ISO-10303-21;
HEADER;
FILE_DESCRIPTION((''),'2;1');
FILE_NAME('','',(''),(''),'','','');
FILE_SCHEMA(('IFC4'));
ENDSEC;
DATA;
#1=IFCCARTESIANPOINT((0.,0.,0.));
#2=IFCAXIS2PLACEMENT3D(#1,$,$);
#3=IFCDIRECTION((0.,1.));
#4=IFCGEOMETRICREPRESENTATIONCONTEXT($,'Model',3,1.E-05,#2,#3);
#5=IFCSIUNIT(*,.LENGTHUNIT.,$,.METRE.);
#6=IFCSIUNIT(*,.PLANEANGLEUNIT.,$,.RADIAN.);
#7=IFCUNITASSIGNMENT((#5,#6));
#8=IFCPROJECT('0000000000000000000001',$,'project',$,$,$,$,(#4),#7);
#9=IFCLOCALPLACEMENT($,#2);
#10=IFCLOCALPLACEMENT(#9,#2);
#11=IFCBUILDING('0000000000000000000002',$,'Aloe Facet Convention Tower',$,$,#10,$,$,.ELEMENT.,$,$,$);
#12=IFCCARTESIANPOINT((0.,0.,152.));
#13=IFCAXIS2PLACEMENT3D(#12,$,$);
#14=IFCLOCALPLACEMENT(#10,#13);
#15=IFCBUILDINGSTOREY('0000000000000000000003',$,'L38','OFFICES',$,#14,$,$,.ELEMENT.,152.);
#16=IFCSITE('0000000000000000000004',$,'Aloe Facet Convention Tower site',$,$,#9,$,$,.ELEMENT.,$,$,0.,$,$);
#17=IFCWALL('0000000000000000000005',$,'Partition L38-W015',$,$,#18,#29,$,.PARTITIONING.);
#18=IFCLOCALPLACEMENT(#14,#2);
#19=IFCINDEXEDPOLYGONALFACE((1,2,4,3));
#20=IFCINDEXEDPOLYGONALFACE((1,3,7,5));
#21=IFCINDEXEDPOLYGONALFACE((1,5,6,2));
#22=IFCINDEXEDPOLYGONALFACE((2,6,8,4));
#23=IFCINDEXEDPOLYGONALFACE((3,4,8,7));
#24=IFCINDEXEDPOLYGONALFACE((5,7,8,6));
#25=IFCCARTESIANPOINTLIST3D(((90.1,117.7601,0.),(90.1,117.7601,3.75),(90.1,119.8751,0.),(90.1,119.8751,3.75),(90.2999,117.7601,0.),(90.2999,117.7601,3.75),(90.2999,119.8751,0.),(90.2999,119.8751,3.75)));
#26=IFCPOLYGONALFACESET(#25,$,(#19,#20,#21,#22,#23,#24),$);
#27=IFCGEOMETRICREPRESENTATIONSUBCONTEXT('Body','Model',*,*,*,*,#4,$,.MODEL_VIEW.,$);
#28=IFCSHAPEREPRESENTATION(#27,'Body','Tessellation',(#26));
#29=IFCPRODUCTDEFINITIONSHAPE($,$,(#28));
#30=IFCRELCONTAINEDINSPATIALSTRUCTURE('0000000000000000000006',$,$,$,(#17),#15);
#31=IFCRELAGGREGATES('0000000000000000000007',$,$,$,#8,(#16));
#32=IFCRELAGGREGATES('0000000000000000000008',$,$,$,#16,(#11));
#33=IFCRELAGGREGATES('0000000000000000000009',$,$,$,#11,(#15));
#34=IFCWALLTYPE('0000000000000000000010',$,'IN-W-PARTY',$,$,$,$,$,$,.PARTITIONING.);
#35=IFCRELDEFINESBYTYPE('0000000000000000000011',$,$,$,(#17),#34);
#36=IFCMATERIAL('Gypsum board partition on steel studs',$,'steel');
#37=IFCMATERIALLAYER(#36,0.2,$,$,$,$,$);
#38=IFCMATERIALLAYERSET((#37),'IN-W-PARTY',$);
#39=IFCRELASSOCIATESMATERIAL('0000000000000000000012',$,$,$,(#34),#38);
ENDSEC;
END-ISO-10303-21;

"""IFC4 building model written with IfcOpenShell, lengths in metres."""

from ifc_helpers import new_model, si_unit, direction, frame, frame_2d, origin, place, context, subcontext, project, spatial, rectangle, extrude, material, layer, layer_set, type_object, element, save


model = new_model("IFC4")

# Units and contexts
model_context = context("Model", 3, precision=1e-05, world=origin(), true_north=direction((0.0, 1.0)))
body_context = subcontext(model_context, "Body", "Model", "MODEL_VIEW")
ifc_project = project(units=[si_unit("LENGTHUNIT", "METRE"), si_unit("PLANEANGLEUNIT", "RADIAN")], contexts=[model_context])

# Site, building, storey
site_placement = place(None, origin())
site = spatial("IfcSite", under=ifc_project, at=site_placement, Name="Aloe Facet Convention Tower site", CompositionType="ELEMENT", RefElevation=0.0)
building_placement = place(site_placement, origin())
building = spatial("IfcBuilding", under=site, at=building_placement, Name="Aloe Facet Convention Tower", CompositionType="ELEMENT")
storey_placement = place(building_placement, frame((0.0, 0.0, 152.0)))
storey = spatial("IfcBuildingStorey", under=building, at=storey_placement, Name="L38", Description="OFFICES", CompositionType="ELEMENT", Elevation=152.0)

# Wall
ifc_material_1 = material(Name="Gypsum board partition on steel studs", Category="steel")
ifc_layer_1 = layer(ifc_material_1, 0.2)
ifc_layer_set_1 = layer_set([ifc_layer_1], Name="IN-W-PARTY")
wall_type_1 = type_object("IfcWallType", Name="IN-W-PARTY", PredefinedType="PARTITIONING", material=ifc_layer_set_1)
wall_1_placement = place(storey_placement, frame((90.2, 117.76, 0.0), z_axis=(0.0, 0.0, 1.0), x_axis=(0.0, 1.0, 0.0)))
element("IfcWall", 1, at=wall_1_placement, inside=storey, type_object=wall_type_1, Name="Partition L38-W015", PredefinedType="PARTITIONING", context=body_context, shape_type="SweptSolid", body=[
    extrude(rectangle(XDim=2.115, YDim=0.2, at=frame_2d((1.0576, 0.0))), origin(), (0.0, 0.0, 1.0), 3.75),
])

save(model, "model.ifc")
